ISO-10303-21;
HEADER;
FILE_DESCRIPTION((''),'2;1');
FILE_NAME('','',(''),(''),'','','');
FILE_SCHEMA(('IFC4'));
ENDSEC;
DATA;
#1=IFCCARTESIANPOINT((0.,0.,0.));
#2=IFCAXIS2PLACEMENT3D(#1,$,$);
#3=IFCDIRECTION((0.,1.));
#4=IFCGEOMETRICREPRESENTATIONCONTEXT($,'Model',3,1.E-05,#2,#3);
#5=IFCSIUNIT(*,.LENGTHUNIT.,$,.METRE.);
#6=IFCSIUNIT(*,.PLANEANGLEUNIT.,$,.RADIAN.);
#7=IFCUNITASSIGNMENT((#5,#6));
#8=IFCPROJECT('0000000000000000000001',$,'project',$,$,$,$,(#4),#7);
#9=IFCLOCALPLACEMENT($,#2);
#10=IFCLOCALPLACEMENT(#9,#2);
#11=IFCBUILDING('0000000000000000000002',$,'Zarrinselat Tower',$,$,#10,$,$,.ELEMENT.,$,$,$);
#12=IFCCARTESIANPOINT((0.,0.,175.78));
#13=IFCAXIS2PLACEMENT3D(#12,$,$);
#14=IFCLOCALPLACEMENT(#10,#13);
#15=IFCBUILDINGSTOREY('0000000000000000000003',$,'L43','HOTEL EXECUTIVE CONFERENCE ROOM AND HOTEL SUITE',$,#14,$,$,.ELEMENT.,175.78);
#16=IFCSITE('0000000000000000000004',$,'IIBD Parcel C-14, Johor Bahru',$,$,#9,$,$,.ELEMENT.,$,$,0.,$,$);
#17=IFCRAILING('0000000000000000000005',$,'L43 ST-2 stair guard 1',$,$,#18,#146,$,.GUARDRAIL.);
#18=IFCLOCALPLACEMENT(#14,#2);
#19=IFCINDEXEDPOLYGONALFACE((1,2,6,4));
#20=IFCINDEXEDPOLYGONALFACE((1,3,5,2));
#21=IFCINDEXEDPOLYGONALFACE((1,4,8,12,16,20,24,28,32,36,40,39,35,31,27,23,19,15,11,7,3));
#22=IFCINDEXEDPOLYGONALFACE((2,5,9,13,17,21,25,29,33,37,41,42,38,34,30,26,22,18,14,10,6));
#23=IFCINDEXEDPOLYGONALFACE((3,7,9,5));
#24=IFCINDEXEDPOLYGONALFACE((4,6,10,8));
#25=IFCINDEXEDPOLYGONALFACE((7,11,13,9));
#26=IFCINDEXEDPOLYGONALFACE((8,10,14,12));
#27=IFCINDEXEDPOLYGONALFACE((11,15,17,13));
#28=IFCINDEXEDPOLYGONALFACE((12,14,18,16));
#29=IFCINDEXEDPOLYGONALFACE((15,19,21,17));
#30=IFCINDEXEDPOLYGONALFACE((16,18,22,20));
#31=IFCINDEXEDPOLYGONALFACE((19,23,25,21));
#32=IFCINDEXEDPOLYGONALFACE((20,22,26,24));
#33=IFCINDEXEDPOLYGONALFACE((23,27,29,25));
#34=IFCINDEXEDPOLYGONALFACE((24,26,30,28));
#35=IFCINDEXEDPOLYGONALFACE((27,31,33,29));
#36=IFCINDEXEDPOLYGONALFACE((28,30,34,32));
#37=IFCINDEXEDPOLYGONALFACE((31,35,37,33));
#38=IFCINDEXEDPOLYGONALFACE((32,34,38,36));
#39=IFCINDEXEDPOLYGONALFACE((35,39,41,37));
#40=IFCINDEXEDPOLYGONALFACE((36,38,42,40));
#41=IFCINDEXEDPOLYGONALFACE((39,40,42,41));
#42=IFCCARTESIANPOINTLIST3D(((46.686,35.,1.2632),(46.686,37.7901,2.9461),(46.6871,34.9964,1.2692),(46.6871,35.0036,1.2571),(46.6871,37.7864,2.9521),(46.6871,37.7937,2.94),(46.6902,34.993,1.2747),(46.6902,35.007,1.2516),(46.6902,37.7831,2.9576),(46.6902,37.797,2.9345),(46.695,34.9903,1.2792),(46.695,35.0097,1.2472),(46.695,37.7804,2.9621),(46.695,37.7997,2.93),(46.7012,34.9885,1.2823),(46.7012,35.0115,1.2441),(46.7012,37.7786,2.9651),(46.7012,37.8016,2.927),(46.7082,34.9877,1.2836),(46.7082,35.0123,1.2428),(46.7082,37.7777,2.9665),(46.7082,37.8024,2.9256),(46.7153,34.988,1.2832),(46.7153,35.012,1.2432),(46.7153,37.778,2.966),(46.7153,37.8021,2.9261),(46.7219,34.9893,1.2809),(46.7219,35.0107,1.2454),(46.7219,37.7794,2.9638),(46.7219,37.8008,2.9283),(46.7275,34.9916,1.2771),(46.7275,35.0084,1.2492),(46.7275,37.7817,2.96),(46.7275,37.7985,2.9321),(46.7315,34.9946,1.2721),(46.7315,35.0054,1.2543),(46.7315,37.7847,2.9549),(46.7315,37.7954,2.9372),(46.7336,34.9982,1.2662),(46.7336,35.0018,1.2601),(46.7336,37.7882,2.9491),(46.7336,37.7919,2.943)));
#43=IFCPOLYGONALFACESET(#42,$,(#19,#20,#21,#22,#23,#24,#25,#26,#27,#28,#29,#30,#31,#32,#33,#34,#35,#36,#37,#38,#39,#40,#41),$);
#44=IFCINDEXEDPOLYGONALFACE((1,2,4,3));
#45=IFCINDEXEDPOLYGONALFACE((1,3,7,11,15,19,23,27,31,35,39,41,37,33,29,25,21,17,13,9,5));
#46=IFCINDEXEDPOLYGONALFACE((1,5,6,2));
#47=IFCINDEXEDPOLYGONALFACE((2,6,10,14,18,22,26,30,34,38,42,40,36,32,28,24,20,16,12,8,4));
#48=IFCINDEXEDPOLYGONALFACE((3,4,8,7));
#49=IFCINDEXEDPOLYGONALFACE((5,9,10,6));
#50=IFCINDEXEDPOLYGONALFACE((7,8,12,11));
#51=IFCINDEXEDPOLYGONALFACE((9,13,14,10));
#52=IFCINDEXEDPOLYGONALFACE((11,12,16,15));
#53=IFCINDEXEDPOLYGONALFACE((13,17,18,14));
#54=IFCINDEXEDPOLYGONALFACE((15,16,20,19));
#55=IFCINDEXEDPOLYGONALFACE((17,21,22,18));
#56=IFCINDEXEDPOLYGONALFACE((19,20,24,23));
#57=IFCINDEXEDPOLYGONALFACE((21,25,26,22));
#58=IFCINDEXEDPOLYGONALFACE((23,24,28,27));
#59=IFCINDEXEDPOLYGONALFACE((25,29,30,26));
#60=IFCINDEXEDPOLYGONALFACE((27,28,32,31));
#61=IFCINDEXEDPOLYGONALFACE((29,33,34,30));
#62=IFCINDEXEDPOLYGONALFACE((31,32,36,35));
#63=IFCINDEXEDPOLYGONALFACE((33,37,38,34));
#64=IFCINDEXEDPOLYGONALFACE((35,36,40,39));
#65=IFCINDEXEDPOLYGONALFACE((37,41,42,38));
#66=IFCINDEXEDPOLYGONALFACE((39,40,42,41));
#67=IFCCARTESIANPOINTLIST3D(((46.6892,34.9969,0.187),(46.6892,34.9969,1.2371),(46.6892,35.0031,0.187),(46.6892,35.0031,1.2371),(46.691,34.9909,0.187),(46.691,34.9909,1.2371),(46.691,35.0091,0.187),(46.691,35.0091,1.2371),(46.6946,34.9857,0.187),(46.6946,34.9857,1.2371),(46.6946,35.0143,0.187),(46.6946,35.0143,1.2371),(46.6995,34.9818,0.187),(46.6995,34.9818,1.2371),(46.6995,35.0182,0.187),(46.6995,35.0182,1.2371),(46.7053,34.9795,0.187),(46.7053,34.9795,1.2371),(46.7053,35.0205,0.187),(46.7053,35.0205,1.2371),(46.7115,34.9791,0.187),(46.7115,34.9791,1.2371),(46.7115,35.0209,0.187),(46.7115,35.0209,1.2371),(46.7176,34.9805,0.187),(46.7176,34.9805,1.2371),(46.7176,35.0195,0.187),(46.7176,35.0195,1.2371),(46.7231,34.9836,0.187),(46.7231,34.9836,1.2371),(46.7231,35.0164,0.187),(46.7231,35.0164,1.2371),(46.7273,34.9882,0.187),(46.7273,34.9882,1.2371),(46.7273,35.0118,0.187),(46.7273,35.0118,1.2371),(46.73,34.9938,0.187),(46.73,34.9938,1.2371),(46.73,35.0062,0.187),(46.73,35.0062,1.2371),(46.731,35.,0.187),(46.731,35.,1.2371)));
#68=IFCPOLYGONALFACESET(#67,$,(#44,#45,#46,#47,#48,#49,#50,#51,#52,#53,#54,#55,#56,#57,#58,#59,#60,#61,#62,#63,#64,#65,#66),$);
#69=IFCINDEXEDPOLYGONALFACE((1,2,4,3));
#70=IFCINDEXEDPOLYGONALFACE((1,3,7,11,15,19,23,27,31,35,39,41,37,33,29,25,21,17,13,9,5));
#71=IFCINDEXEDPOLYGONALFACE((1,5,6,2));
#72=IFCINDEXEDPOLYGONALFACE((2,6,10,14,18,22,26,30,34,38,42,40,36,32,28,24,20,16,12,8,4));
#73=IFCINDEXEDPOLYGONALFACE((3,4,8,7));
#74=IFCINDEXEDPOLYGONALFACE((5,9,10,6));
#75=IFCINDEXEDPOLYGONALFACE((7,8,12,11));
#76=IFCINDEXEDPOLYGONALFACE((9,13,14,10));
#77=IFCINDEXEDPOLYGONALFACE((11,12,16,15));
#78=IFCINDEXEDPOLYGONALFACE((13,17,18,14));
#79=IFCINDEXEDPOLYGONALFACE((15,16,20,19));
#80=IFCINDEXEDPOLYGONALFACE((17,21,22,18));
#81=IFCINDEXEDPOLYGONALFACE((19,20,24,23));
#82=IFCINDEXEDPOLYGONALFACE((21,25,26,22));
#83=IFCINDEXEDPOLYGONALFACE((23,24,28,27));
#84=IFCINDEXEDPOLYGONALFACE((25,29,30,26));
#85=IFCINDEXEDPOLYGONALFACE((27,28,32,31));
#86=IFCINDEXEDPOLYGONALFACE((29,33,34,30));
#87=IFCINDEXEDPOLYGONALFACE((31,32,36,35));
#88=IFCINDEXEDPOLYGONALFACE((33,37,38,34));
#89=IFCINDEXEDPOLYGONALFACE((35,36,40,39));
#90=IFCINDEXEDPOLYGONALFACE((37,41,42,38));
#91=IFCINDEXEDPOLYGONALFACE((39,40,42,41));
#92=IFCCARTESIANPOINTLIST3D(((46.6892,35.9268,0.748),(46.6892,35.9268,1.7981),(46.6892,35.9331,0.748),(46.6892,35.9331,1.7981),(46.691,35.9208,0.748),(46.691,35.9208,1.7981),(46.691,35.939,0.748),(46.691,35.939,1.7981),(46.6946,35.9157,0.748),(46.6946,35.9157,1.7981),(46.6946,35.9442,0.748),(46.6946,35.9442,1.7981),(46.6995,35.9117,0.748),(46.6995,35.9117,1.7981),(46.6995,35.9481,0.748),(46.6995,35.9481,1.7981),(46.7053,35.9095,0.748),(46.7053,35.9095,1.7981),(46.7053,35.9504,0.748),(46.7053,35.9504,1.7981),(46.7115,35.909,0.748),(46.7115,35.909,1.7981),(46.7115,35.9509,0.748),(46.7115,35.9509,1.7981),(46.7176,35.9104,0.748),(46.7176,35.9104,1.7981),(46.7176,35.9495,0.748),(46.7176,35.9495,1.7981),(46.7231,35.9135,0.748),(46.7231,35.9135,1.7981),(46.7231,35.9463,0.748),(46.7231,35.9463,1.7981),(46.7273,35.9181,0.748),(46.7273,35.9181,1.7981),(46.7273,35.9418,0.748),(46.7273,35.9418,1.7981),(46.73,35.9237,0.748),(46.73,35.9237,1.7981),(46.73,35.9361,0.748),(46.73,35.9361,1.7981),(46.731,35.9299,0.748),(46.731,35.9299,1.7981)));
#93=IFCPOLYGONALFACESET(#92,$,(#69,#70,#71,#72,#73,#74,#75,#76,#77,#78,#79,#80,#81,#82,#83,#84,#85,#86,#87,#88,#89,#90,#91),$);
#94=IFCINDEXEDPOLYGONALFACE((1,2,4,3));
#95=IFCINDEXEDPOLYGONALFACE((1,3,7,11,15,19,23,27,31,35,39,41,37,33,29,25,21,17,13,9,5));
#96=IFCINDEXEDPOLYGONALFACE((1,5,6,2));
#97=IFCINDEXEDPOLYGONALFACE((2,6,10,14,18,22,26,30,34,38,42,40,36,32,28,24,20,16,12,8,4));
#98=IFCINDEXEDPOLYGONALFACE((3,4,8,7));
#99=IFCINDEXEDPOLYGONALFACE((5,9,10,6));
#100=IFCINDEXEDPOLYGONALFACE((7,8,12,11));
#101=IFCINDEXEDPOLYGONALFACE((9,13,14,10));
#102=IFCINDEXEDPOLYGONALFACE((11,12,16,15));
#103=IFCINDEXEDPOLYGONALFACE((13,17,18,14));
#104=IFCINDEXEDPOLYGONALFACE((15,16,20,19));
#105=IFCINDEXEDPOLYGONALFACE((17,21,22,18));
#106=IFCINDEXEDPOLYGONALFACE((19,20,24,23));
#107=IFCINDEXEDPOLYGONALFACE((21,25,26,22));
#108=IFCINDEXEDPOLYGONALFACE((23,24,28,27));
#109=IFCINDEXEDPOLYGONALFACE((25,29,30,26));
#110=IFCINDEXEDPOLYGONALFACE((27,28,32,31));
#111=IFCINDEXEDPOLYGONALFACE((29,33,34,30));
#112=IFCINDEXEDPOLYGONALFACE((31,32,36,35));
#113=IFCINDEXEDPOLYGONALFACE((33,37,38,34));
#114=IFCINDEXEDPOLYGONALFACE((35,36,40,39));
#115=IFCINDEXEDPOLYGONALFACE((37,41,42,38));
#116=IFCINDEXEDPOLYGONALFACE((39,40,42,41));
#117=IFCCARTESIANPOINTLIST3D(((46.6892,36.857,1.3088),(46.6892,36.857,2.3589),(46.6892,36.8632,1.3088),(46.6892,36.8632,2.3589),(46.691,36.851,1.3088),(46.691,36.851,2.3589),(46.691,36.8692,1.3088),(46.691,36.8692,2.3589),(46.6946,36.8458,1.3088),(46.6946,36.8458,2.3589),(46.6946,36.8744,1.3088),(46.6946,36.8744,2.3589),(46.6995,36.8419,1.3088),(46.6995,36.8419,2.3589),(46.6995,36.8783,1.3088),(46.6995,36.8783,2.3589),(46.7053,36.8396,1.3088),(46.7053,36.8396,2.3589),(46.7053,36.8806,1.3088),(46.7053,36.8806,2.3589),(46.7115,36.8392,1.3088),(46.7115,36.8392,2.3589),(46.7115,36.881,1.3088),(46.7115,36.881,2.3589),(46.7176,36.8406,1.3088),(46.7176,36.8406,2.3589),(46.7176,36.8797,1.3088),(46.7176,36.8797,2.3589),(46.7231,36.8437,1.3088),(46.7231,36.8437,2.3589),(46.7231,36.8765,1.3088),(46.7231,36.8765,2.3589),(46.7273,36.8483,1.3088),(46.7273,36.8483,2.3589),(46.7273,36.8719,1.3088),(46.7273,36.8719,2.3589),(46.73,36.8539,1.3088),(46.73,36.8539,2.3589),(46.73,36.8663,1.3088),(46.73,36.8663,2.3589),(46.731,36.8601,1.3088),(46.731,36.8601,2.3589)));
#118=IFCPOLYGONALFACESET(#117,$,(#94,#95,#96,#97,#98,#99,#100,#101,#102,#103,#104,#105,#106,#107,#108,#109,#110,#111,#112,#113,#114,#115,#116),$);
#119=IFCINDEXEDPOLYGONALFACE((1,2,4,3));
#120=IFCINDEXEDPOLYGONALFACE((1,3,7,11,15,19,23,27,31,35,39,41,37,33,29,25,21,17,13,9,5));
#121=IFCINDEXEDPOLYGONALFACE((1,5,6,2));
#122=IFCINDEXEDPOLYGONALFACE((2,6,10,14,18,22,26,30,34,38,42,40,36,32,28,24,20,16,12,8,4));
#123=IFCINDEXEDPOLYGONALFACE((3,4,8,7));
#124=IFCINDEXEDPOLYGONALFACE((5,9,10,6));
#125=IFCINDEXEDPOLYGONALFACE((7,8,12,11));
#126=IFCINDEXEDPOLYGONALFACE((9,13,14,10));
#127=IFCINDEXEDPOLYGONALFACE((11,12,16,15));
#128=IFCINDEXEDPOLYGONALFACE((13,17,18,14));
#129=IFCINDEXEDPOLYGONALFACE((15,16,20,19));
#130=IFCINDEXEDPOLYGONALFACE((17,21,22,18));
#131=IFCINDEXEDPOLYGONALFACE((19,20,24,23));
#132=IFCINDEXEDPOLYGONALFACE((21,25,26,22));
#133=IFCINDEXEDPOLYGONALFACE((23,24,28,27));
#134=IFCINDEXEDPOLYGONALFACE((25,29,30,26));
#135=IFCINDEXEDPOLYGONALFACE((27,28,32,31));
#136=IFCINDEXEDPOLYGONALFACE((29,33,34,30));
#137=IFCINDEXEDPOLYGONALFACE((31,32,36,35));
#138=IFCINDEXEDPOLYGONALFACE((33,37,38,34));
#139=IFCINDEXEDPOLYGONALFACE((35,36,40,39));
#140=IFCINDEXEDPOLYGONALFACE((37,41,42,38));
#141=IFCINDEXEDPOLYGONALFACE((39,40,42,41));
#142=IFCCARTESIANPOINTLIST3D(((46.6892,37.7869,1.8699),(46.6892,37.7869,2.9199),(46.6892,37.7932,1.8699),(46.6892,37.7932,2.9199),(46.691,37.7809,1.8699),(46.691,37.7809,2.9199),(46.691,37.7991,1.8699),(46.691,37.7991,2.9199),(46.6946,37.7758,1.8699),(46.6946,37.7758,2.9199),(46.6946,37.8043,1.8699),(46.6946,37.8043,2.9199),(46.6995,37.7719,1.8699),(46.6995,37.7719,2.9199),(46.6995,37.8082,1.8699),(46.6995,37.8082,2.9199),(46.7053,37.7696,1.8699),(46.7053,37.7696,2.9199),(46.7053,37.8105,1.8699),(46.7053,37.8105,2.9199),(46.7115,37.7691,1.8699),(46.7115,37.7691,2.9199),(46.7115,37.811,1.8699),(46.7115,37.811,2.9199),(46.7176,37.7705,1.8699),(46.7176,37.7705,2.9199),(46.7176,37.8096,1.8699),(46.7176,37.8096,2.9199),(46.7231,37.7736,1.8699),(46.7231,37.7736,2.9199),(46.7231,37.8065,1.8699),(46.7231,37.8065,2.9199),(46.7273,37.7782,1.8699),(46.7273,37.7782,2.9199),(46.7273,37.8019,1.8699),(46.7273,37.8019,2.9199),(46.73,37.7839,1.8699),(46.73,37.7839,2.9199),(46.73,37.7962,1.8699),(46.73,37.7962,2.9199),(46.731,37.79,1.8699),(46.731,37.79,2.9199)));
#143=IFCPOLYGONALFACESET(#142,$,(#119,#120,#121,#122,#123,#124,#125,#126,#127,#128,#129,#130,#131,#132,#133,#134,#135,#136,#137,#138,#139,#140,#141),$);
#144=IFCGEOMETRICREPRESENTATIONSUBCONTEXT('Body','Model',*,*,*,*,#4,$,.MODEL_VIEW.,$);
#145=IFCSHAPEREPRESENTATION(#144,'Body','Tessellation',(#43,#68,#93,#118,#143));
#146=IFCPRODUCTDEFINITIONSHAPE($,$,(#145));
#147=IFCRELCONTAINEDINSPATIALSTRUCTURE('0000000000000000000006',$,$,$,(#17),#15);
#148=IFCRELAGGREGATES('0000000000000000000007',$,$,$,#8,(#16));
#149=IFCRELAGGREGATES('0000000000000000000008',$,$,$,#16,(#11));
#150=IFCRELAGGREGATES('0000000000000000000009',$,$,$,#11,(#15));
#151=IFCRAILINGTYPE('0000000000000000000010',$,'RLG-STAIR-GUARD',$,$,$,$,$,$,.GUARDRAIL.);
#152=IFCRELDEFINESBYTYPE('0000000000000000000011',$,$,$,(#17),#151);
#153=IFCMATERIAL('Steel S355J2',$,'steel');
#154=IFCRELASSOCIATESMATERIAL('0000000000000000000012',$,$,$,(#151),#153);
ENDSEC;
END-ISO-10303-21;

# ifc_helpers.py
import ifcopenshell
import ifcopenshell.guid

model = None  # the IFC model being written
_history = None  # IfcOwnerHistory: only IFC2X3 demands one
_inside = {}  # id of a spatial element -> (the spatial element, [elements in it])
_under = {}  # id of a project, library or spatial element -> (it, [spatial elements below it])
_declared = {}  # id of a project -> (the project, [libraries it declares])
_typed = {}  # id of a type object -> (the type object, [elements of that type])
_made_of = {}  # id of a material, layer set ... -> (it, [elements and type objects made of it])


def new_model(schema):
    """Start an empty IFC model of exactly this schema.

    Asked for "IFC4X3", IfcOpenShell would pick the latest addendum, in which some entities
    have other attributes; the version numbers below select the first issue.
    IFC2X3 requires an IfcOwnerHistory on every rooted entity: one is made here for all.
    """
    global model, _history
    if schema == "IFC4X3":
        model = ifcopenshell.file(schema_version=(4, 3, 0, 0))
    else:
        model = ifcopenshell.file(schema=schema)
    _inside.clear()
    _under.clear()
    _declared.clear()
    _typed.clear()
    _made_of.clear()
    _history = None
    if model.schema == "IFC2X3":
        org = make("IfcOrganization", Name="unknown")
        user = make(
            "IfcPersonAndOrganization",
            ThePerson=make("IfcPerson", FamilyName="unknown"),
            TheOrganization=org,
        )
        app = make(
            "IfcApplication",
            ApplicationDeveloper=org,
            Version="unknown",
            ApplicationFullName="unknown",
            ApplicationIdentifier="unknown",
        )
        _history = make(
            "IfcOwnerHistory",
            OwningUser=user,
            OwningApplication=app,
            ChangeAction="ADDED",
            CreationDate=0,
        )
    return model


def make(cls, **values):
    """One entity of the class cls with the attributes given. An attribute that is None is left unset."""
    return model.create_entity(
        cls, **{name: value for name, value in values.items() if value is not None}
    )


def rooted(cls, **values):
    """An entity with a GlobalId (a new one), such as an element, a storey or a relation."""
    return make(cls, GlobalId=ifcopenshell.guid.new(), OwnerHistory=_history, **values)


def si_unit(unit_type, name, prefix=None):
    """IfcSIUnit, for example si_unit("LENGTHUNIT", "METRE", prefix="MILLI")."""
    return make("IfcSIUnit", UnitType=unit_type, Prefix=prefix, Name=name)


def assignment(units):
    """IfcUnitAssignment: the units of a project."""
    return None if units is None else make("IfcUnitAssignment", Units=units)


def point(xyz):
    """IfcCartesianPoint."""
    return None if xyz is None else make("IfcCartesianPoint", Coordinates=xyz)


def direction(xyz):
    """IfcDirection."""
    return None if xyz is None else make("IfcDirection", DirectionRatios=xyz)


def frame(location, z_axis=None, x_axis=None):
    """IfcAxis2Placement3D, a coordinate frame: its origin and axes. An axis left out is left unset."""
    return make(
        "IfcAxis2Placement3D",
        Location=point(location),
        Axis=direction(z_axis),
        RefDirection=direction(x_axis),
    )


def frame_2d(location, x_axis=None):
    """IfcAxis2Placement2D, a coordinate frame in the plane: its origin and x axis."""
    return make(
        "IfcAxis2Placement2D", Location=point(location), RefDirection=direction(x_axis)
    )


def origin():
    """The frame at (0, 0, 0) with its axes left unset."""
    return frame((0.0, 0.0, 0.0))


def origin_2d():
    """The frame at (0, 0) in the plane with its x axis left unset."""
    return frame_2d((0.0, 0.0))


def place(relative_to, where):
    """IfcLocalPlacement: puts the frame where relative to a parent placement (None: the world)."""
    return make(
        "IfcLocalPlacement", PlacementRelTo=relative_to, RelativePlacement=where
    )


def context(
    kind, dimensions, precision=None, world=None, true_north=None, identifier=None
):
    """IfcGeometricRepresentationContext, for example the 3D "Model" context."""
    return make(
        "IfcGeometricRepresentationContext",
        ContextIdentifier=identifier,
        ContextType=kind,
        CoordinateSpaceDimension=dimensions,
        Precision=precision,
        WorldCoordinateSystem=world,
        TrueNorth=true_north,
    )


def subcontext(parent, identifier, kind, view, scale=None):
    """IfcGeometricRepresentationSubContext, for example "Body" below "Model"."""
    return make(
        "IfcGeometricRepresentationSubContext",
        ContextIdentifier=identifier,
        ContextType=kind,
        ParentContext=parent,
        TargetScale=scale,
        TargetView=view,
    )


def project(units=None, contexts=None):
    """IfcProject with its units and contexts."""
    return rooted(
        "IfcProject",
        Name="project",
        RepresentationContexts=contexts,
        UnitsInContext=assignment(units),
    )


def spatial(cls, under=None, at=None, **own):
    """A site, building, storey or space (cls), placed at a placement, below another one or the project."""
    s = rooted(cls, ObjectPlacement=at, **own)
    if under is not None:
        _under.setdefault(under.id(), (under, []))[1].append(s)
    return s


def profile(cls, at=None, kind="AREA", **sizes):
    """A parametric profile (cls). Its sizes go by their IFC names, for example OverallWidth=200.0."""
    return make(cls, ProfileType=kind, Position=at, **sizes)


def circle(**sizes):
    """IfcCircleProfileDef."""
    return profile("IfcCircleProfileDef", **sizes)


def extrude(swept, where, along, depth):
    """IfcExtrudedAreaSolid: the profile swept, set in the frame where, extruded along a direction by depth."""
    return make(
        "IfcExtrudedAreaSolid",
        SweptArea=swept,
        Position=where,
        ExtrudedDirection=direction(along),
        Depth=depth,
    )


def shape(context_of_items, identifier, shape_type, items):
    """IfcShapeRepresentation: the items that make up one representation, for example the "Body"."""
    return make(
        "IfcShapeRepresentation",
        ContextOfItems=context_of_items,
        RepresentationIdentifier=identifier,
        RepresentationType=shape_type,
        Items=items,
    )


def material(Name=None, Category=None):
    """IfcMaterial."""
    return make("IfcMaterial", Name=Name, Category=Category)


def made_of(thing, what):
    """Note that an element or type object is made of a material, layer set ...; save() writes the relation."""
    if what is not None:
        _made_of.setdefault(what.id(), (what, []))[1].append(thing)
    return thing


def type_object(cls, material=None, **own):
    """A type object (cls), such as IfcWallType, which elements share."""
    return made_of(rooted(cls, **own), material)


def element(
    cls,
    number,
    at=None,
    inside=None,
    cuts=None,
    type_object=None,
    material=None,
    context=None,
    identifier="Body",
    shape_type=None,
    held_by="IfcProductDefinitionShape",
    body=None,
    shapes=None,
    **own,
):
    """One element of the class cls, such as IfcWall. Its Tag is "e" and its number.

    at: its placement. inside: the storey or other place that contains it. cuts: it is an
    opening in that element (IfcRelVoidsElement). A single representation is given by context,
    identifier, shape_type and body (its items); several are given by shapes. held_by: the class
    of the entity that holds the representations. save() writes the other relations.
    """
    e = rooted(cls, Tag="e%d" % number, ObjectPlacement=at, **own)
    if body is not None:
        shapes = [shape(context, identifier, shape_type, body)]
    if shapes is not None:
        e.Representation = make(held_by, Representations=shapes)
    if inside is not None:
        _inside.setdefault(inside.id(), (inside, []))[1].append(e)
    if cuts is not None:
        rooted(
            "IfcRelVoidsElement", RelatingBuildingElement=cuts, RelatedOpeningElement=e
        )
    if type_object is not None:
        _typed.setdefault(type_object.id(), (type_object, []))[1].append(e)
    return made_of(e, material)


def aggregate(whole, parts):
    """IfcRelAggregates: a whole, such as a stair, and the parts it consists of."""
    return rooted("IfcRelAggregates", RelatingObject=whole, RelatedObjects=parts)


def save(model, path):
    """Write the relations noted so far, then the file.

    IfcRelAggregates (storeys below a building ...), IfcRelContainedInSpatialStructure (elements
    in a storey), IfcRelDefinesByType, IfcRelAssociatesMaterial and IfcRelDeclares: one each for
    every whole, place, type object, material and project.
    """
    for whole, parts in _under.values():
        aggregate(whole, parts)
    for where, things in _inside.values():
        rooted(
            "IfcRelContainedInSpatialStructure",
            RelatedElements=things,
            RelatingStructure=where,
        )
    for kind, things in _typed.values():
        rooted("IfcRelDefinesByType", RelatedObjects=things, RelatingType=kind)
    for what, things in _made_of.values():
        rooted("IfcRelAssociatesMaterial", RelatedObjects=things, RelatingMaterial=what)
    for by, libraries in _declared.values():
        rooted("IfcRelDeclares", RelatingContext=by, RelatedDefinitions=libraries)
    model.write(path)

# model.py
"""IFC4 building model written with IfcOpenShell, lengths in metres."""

from ifc_helpers import new_model, si_unit, direction, frame, origin, origin_2d, place, context, subcontext, project, spatial, circle, extrude, material, type_object, element, save


model = new_model("IFC4")

# Units and contexts
model_context = context("Model", 3, precision=1e-05, world=origin(), true_north=direction((0.0, 1.0)))
body_context = subcontext(model_context, "Body", "Model", "MODEL_VIEW")
ifc_project = project(units=[si_unit("LENGTHUNIT", "METRE"), si_unit("PLANEANGLEUNIT", "RADIAN")], contexts=[model_context])

# Site, building, storey
site_placement = place(None, origin())
site = spatial("IfcSite", under=ifc_project, at=site_placement, Name="IIBD Parcel C-14, Johor Bahru", CompositionType="ELEMENT", RefElevation=0.0)
building_placement = place(site_placement, origin())
building = spatial("IfcBuilding", under=site, at=building_placement, Name="Zarrinselat Tower", CompositionType="ELEMENT")
storey_placement = place(building_placement, frame((0.0, 0.0, 175.78)))
storey = spatial("IfcBuildingStorey", under=building, at=storey_placement, Name="L43", Description="HOTEL EXECUTIVE CONFERENCE ROOM AND HOTEL SUITE", CompositionType="ELEMENT", Elevation=175.78)

# Railing
ifc_material_1 = material(Name="Steel S355J2", Category="steel")
railing_type_1 = type_object("IfcRailingType", Name="RLG-STAIR-GUARD", PredefinedType="GUARDRAIL", material=ifc_material_1)
railing_1_placement = place(storey_placement, frame((46.71, 35.0, 0.187)))
element("IfcRailing", 1, at=railing_1_placement, inside=storey, type_object=railing_type_1, Name="L43 ST-2 stair guard 1", PredefinedType="GUARDRAIL", context=body_context, shape_type="SweptSolid", body=[
    extrude(circle(Radius=0.0239, at=origin_2d()), frame((0.0, 0.0, 1.0762), z_axis=(0.0, 0.856294, 0.516489), x_axis=(-1.0, 0.0, 0.0)), (0.0, 0.0, 1.0), 3.2583),
    extrude(circle(Radius=0.021, at=origin_2d()), origin(), (0.0, 0.0, 1.0), 1.05),
    extrude(circle(Radius=0.021, at=origin_2d()), frame((0.0, 0.9299, 0.561)), (0.0, 0.0, 1.0), 1.05),
    extrude(circle(Radius=0.021, at=origin_2d()), frame((0.0, 1.8601, 1.1218)), (0.0, 0.0, 1.0), 1.05),
    extrude(circle(Radius=0.021, at=origin_2d()), frame((0.0, 2.79, 1.6829)), (0.0, 0.0, 1.0), 1.05),
])

save(model, "model.ifc")
